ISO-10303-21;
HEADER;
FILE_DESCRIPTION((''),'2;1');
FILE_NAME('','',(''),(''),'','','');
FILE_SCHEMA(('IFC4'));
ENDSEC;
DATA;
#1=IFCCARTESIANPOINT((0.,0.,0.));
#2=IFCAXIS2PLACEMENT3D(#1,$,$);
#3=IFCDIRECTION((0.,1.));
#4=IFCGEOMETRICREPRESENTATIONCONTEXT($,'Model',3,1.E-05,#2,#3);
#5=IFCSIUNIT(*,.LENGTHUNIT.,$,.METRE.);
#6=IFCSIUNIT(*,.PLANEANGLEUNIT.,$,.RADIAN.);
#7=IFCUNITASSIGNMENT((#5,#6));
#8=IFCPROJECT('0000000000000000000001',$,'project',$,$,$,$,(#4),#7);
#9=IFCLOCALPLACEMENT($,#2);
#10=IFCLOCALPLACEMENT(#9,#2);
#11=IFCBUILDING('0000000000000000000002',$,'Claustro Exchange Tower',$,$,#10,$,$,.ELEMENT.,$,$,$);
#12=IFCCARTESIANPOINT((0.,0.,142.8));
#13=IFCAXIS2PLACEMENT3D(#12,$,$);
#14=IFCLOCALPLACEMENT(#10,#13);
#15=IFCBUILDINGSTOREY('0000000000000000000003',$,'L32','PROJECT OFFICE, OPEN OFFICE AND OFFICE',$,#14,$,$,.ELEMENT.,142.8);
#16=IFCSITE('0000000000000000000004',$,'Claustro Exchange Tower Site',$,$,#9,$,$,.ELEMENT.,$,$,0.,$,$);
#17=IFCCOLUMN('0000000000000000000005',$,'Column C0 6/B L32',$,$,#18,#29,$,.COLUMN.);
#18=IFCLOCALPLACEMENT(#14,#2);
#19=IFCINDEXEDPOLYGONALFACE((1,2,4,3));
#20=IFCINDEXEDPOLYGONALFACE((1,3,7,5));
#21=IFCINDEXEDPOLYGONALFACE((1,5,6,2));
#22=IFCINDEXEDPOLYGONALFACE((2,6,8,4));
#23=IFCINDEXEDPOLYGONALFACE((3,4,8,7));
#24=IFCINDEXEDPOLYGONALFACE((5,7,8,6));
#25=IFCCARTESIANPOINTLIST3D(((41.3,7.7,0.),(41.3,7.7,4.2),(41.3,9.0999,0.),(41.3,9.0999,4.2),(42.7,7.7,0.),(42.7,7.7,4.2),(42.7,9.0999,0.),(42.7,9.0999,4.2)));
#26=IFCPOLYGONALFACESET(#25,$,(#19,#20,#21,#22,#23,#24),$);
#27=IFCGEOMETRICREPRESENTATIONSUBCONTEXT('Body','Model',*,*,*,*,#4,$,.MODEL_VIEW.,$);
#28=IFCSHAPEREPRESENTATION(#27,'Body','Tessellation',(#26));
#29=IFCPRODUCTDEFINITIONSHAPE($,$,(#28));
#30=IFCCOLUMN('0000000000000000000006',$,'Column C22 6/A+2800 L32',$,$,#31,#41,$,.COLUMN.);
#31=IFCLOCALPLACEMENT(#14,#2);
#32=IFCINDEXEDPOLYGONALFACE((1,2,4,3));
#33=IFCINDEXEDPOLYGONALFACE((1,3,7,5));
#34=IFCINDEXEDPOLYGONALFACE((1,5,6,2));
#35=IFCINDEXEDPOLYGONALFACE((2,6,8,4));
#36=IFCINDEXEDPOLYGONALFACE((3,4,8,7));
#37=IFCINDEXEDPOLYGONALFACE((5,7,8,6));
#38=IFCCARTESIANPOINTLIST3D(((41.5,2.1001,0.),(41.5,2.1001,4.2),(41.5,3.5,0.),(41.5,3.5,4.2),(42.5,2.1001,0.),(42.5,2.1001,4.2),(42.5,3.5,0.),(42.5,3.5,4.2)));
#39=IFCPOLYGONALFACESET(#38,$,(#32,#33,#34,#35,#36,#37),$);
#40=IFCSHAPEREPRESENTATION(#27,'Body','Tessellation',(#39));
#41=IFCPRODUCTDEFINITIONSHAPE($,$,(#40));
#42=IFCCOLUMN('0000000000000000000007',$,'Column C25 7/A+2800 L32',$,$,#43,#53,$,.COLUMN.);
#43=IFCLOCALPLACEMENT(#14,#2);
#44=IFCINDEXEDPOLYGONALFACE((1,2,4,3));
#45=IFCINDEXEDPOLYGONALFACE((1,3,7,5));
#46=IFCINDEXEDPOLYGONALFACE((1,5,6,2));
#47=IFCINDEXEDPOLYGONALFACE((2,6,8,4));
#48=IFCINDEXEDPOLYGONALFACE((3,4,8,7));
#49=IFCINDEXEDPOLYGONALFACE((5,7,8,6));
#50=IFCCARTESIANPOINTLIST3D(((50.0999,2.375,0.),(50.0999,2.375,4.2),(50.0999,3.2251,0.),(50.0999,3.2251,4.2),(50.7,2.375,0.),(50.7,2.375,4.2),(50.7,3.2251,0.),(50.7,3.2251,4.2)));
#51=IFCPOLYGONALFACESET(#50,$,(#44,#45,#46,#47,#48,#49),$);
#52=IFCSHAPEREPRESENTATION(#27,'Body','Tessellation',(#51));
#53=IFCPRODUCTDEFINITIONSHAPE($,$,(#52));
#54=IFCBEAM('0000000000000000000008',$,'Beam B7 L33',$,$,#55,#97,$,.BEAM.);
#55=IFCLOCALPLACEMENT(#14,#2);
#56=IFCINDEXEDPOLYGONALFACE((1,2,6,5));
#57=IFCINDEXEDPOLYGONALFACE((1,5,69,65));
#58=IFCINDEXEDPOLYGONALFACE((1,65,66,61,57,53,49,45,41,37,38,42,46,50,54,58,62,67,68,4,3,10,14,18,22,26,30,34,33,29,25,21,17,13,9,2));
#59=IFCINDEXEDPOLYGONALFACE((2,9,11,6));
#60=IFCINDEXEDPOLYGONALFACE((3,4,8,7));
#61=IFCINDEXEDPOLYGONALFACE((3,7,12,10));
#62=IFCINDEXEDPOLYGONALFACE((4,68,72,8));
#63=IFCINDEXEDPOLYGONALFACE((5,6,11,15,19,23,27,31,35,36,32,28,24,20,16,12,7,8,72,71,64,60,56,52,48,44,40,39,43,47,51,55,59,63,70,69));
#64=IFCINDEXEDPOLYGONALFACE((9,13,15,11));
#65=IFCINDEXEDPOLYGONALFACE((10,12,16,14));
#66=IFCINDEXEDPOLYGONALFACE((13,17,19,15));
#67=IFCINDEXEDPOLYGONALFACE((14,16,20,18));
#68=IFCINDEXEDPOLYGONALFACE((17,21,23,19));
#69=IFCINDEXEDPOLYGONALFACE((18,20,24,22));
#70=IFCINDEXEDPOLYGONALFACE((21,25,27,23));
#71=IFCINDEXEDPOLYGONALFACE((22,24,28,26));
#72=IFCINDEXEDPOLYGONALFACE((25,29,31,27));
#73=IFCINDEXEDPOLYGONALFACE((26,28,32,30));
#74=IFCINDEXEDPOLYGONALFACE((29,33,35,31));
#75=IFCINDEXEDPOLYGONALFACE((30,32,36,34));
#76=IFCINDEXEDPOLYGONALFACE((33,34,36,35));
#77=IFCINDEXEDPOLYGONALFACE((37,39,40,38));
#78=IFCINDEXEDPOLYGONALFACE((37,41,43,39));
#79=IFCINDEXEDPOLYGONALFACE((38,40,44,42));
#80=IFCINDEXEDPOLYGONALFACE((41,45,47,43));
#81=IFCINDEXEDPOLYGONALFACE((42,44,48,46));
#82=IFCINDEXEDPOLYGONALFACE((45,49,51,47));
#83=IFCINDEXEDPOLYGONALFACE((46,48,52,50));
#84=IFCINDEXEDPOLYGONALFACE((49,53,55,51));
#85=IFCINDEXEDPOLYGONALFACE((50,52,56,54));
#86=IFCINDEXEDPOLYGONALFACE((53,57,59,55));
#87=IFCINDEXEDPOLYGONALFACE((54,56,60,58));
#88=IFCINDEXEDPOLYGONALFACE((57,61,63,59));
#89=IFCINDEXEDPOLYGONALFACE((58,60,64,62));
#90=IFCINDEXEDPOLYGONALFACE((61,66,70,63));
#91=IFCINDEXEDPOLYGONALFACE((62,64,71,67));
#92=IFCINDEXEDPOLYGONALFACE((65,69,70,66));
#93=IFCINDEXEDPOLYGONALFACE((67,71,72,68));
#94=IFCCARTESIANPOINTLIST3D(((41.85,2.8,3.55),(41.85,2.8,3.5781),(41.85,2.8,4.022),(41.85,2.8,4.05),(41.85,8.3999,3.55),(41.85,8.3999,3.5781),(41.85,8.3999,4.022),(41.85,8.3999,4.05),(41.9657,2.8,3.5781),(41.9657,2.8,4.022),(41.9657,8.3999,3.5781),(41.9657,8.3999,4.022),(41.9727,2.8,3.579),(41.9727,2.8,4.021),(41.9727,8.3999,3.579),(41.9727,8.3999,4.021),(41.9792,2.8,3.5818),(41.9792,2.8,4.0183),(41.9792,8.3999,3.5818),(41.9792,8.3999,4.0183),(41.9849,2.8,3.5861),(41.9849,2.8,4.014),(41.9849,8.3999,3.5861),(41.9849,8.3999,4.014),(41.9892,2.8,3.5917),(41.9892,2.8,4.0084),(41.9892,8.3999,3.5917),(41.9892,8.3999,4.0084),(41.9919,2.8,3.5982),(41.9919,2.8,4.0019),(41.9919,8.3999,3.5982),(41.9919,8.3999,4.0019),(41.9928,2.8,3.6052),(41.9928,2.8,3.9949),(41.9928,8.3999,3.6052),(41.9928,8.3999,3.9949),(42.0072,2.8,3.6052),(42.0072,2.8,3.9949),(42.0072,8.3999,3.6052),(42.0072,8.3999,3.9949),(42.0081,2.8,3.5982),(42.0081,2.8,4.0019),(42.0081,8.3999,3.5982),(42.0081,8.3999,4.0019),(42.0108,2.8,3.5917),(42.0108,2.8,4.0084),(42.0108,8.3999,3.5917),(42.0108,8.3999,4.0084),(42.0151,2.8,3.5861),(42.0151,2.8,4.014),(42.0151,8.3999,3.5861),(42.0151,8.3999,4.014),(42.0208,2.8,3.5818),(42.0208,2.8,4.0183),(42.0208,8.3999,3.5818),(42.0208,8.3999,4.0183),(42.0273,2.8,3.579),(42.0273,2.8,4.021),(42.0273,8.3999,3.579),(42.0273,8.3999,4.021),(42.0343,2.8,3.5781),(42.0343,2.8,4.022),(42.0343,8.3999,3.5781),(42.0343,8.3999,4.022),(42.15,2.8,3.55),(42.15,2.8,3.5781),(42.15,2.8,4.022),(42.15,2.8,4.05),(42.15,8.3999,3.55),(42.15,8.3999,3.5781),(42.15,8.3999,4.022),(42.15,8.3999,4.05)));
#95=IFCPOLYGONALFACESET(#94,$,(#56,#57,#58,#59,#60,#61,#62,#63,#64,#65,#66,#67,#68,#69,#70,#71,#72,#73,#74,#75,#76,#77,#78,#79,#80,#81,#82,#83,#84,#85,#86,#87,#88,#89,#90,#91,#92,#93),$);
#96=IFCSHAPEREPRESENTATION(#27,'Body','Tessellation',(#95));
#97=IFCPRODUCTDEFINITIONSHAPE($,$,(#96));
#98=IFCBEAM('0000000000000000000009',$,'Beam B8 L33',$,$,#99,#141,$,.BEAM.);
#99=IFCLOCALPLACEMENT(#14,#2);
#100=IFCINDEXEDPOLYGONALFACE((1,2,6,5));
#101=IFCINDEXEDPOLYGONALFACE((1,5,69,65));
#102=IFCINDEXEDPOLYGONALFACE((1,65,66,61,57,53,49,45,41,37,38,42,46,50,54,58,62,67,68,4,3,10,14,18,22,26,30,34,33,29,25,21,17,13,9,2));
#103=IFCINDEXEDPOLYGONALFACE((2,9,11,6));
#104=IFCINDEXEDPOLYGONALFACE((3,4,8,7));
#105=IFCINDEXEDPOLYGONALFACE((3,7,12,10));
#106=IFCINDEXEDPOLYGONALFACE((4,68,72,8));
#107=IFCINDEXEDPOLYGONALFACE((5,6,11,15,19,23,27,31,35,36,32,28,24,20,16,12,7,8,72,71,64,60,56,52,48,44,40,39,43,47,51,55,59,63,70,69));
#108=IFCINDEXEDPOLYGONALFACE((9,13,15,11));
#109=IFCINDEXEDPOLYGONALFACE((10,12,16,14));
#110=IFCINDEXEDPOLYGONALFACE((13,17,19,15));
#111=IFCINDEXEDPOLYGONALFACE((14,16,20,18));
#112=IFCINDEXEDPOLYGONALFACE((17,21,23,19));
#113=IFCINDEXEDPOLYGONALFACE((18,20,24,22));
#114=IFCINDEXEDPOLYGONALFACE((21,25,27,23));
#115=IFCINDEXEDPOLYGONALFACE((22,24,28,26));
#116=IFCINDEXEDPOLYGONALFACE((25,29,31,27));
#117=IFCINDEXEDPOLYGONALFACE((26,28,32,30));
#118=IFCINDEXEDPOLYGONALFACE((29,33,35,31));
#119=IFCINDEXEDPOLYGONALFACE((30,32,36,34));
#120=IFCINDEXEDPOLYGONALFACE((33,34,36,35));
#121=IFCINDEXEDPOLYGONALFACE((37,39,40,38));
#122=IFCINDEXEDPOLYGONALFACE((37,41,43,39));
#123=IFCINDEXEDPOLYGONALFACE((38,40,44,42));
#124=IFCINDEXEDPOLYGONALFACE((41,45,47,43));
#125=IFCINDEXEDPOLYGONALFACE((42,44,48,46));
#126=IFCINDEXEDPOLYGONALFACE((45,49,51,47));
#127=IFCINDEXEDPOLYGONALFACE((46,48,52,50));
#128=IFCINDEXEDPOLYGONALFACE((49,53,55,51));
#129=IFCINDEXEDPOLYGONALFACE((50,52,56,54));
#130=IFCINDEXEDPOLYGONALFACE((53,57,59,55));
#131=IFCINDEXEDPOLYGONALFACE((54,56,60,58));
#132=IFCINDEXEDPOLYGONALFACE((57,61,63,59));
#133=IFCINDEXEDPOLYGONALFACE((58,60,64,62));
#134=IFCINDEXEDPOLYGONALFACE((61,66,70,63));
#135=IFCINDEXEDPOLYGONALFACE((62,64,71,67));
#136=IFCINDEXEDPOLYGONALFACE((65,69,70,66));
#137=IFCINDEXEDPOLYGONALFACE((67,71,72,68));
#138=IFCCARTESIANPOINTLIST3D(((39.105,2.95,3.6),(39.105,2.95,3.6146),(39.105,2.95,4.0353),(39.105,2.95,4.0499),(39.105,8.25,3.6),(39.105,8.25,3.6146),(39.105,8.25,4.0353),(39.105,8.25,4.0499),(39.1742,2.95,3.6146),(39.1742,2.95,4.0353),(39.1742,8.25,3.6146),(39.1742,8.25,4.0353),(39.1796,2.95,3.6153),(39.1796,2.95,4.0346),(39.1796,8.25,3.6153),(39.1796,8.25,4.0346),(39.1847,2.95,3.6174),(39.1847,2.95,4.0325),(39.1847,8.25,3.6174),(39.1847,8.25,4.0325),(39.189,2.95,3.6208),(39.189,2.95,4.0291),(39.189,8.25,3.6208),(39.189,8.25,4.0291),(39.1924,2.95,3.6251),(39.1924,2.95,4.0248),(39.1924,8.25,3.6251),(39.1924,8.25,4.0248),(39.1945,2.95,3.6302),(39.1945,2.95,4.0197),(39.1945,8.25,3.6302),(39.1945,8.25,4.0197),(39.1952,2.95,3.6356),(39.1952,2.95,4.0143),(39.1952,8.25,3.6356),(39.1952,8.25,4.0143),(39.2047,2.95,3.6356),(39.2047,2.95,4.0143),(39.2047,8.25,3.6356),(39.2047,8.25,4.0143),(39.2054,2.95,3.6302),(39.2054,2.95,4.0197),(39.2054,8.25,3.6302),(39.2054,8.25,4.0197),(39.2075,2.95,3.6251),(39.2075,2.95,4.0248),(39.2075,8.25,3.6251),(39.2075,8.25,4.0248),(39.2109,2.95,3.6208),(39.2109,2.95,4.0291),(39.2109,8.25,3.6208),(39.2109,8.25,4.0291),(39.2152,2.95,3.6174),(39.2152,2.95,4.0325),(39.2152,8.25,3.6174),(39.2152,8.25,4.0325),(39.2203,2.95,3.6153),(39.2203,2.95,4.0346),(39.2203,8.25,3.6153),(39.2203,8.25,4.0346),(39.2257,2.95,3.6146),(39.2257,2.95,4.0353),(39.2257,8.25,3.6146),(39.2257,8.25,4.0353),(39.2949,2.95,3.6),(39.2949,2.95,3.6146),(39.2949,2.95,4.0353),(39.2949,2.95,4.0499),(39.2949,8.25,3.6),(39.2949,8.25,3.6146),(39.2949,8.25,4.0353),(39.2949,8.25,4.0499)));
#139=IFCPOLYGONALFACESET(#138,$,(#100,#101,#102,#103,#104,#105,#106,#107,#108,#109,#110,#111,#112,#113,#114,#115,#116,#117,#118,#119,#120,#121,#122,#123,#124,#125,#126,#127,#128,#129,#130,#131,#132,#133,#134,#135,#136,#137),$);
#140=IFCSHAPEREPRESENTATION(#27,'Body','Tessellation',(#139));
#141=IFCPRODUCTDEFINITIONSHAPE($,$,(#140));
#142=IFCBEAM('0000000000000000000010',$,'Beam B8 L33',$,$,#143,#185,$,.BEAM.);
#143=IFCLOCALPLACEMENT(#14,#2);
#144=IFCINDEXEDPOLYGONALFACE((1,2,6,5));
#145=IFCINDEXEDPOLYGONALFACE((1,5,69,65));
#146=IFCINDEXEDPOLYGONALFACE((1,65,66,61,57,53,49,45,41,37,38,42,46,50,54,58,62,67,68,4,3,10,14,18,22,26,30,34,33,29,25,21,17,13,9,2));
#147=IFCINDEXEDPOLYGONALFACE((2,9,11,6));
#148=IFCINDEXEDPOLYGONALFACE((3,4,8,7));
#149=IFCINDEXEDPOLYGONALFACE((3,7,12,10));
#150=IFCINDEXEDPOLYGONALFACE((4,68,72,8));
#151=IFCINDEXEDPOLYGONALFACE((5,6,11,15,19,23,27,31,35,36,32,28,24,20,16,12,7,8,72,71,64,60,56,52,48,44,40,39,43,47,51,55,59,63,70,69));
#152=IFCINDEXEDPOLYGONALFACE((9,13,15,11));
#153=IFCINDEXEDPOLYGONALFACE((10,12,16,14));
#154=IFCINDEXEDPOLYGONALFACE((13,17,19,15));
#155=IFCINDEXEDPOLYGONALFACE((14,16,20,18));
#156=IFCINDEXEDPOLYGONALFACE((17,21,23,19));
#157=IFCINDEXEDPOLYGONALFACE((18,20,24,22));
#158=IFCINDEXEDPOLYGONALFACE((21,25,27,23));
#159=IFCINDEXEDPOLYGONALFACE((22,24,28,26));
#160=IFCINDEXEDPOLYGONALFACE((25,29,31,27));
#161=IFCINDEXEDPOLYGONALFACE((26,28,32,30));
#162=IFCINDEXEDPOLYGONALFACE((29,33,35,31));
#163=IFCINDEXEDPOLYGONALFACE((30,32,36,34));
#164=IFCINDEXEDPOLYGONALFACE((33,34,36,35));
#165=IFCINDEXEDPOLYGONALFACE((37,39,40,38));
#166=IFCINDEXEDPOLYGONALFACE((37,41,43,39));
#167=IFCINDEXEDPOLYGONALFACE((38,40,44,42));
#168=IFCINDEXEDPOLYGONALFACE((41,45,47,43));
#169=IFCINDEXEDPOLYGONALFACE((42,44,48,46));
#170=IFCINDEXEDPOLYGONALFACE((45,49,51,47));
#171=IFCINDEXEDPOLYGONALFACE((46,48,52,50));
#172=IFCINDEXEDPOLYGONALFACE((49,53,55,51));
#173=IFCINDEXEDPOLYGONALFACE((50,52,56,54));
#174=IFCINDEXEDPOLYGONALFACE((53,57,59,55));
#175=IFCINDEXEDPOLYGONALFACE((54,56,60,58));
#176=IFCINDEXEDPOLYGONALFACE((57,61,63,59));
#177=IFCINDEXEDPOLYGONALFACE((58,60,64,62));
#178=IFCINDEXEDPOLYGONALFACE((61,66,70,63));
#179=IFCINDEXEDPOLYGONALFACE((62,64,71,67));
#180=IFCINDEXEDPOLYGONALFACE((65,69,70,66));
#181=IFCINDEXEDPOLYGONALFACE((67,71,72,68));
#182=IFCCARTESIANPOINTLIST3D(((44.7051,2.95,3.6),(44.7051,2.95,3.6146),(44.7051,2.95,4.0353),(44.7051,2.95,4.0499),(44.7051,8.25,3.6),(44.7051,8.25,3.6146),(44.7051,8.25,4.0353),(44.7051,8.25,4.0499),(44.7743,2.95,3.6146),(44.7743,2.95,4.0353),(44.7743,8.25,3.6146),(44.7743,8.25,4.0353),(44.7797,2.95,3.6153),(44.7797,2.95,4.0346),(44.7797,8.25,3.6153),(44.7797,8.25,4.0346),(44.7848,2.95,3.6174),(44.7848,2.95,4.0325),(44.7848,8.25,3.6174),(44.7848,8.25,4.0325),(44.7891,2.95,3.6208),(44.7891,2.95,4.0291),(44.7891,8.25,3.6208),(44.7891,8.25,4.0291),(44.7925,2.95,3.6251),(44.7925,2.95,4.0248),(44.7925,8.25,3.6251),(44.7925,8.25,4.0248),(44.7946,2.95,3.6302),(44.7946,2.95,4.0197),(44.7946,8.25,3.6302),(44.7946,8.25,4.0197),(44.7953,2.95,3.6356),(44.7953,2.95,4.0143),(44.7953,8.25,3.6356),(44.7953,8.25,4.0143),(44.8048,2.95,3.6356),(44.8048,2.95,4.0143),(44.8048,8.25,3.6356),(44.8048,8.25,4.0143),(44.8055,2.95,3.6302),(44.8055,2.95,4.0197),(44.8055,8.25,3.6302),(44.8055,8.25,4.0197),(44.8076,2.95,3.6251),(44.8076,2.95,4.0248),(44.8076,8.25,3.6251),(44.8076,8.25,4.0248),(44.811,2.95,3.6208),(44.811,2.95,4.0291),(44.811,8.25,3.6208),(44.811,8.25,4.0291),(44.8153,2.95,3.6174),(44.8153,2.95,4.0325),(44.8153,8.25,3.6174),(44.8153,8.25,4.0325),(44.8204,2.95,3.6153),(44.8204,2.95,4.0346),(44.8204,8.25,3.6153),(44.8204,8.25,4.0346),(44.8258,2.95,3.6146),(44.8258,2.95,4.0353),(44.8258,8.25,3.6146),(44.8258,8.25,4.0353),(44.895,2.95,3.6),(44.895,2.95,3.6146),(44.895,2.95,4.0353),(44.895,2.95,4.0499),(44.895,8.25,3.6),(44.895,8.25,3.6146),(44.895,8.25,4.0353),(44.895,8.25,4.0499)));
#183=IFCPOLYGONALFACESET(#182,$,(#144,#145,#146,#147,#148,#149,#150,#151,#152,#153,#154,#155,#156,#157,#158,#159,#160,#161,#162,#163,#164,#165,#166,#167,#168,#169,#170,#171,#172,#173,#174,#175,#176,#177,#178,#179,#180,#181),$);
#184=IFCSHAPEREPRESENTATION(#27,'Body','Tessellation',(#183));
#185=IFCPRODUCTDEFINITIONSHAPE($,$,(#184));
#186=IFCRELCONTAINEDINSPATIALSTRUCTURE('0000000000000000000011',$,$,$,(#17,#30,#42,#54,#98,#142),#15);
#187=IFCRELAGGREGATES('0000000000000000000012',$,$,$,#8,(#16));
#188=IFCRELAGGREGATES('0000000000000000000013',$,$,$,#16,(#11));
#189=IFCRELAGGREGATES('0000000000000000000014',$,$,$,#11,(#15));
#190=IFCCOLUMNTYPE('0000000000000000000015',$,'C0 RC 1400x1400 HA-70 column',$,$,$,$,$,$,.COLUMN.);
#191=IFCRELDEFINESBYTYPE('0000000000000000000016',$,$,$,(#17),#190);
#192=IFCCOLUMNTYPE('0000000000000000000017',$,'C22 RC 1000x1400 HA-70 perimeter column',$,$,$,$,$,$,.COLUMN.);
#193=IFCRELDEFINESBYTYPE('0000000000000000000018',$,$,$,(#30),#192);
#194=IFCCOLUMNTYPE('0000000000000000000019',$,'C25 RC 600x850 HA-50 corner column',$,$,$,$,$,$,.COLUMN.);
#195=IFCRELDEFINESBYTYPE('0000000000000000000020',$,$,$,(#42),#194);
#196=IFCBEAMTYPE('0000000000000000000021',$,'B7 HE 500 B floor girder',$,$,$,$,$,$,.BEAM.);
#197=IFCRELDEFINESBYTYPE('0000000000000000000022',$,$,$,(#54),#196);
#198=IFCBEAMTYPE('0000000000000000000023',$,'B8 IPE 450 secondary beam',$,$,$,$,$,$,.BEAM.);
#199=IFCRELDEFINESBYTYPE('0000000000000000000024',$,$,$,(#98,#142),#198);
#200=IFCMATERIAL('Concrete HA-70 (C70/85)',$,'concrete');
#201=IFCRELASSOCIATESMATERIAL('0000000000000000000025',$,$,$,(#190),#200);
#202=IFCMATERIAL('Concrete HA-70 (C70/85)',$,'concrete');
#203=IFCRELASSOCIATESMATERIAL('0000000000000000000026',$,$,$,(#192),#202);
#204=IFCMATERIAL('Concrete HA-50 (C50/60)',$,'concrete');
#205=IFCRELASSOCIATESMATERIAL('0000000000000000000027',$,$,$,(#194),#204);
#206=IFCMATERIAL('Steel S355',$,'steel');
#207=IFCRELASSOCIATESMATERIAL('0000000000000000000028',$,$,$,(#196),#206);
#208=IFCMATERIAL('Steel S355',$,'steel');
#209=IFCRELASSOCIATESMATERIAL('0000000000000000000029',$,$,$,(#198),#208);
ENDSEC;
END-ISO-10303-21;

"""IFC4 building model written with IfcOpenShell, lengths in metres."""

from ifc_helpers import new_model, si_unit, direction, frame, origin, origin_2d, place, context, subcontext, project, spatial, rectangle, i_section, extrude, material, material_profile, profile_set, type_object, element, save


model = new_model("IFC4")

# Units and contexts
model_context = context("Model", 3, precision=1e-05, world=origin(), true_north=direction((0.0, 1.0)))
body_context = subcontext(model_context, "Body", "Model", "MODEL_VIEW")
ifc_project = project(units=[si_unit("LENGTHUNIT", "METRE"), si_unit("PLANEANGLEUNIT", "RADIAN")], contexts=[model_context])

# Site, building, storey
site_placement = place(None, origin())
site = spatial("IfcSite", under=ifc_project, at=site_placement, Name="Claustro Exchange Tower Site", CompositionType="ELEMENT", RefElevation=0.0)
building_placement = place(site_placement, origin())
building = spatial("IfcBuilding", under=site, at=building_placement, Name="Claustro Exchange Tower", CompositionType="ELEMENT")
storey_placement = place(building_placement, frame((0.0, 0.0, 142.8)))
storey = spatial("IfcBuildingStorey", under=building, at=storey_placement, Name="L32", Description="PROJECT OFFICE, OPEN OFFICE AND OFFICE", CompositionType="ELEMENT", Elevation=142.8)

# Columns
ifc_material_1 = material(Name="Concrete HA-70 (C70/85)", Category="concrete")
ifc_material_profile_1 = material_profile(ifc_material_1, rectangle(XDim=1.3999, YDim=1.3999, at=origin_2d()), Name="RC 1400x1400")
ifc_profile_set_1 = profile_set([ifc_material_profile_1], Name="Concrete HA-70 (C70/85)")
column_type_1 = type_object("IfcColumnType", Name="C0 RC 1400x1400 HA-70 column", PredefinedType="COLUMN", material=ifc_profile_set_1)
column_1_placement = place(storey_placement, frame((42.0, 8.3999, 0.0), z_axis=(0.0, 0.0, 1.0), x_axis=(1.0, 0.0, 0.0)))
element("IfcColumn", 1, at=column_1_placement, inside=storey, type_object=column_type_1, Name="Column C0 6/B L32", PredefinedType="COLUMN", context=body_context, shape_type="SweptSolid", body=[
    extrude(rectangle(XDim=1.3999, YDim=1.3999, at=origin_2d()), origin(), (0.0, 0.0, 1.0), 4.2),
])
ifc_material_2 = material(Name="Concrete HA-70 (C70/85)", Category="concrete")
ifc_material_profile_2 = material_profile(ifc_material_2, rectangle(XDim=1.0, YDim=1.3999, at=origin_2d()), Name="RC 1000x1400")
ifc_profile_set_2 = profile_set([ifc_material_profile_2], Name="Concrete HA-70 (C70/85)")
column_type_2 = type_object("IfcColumnType", Name="C22 RC 1000x1400 HA-70 perimeter column", PredefinedType="COLUMN", material=ifc_profile_set_2)
column_2_placement = place(storey_placement, frame((42.0, 2.8, 0.0), z_axis=(0.0, 0.0, 1.0), x_axis=(1.0, 0.0, 0.0)))
element("IfcColumn", 2, at=column_2_placement, inside=storey, type_object=column_type_2, Name="Column C22 6/A+2800 L32", PredefinedType="COLUMN", context=body_context, shape_type="SweptSolid", body=[
    extrude(rectangle(XDim=1.0, YDim=1.3999, at=origin_2d()), origin(), (0.0, 0.0, 1.0), 4.2),
])
ifc_material_3 = material(Name="Concrete HA-50 (C50/60)", Category="concrete")
ifc_material_profile_3 = material_profile(ifc_material_3, rectangle(XDim=0.6001, YDim=0.8501, at=origin_2d()), Name="RC 600x850")
ifc_profile_set_3 = profile_set([ifc_material_profile_3], Name="Concrete HA-50 (C50/60)")
column_type_3 = type_object("IfcColumnType", Name="C25 RC 600x850 HA-50 corner column", PredefinedType="COLUMN", material=ifc_profile_set_3)
column_3_placement = place(storey_placement, frame((50.3999, 2.8, 0.0), z_axis=(0.0, 0.0, 1.0), x_axis=(1.0, 0.0, 0.0)))
element("IfcColumn", 3, at=column_3_placement, inside=storey, type_object=column_type_3, Name="Column C25 7/A+2800 L32", PredefinedType="COLUMN", context=body_context, shape_type="SweptSolid", body=[
    extrude(rectangle(XDim=0.6001, YDim=0.8501, at=origin_2d()), origin(), (0.0, 0.0, 1.0), 4.2),
])

# Beams
ifc_material_4 = material(Name="Steel S355", Category="steel")
ifc_material_profile_4 = material_profile(ifc_material_4, i_section(OverallWidth=0.3, OverallDepth=0.5, WebThickness=0.0144, FlangeThickness=0.0281, FilletRadius=0.0271, at=origin_2d()), Name="HE 500 B")
ifc_profile_set_4 = profile_set([ifc_material_profile_4], Name="Steel S355")
beam_type_1 = type_object("IfcBeamType", Name="B7 HE 500 B floor girder", PredefinedType="BEAM", material=ifc_profile_set_4)
beam_1_placement = place(storey_placement, frame((42.0, 2.8, 3.8), z_axis=(0.0, 1.0, 0.0), x_axis=(-1.0, 0.0, 0.0)))
element("IfcBeam", 4, at=beam_1_placement, inside=storey, type_object=beam_type_1, Name="Beam B7 L33", PredefinedType="BEAM", context=body_context, shape_type="SweptSolid", body=[
    extrude(i_section(OverallWidth=0.3, OverallDepth=0.5, WebThickness=0.0144, FlangeThickness=0.0281, FilletRadius=0.0271, at=origin_2d()), origin(), (0.0, 0.0, 1.0), 5.5999),
])
ifc_material_5 = material(Name="Steel S355", Category="steel")
ifc_material_profile_5 = material_profile(ifc_material_5, i_section(OverallWidth=0.1899, OverallDepth=0.45, WebThickness=0.0095, FlangeThickness=0.0146, FilletRadius=0.021, at=origin_2d()), Name="IPE 450")
ifc_profile_set_5 = profile_set([ifc_material_profile_5], Name="Steel S355")
beam_type_2 = type_object("IfcBeamType", Name="B8 IPE 450 secondary beam", PredefinedType="BEAM", material=ifc_profile_set_5)
for number, where, z_axis, x_axis, name in (
    (5, (39.2, 2.95, 3.825), (0.0, 1.0, 0.0), (-1.0, 0.0, 0.0), "Beam B8 L33"),
    (6, (44.8, 2.95, 3.825), (0.0, 1.0, 0.0), (-1.0, 0.0, 0.0), "Beam B8 L33"),
):
    element("IfcBeam", number, at=place(storey_placement, frame(where, z_axis=z_axis, x_axis=x_axis)), inside=storey, type_object=beam_type_2, Name=name, PredefinedType="BEAM", context=body_context, shape_type="SweptSolid", body=[
        extrude(i_section(OverallWidth=0.1899, OverallDepth=0.45, WebThickness=0.0095, FlangeThickness=0.0146, FilletRadius=0.021, at=origin_2d()), origin(), (0.0, 0.0, 1.0), 5.3),
    ])

save(model, "model.ifc")
